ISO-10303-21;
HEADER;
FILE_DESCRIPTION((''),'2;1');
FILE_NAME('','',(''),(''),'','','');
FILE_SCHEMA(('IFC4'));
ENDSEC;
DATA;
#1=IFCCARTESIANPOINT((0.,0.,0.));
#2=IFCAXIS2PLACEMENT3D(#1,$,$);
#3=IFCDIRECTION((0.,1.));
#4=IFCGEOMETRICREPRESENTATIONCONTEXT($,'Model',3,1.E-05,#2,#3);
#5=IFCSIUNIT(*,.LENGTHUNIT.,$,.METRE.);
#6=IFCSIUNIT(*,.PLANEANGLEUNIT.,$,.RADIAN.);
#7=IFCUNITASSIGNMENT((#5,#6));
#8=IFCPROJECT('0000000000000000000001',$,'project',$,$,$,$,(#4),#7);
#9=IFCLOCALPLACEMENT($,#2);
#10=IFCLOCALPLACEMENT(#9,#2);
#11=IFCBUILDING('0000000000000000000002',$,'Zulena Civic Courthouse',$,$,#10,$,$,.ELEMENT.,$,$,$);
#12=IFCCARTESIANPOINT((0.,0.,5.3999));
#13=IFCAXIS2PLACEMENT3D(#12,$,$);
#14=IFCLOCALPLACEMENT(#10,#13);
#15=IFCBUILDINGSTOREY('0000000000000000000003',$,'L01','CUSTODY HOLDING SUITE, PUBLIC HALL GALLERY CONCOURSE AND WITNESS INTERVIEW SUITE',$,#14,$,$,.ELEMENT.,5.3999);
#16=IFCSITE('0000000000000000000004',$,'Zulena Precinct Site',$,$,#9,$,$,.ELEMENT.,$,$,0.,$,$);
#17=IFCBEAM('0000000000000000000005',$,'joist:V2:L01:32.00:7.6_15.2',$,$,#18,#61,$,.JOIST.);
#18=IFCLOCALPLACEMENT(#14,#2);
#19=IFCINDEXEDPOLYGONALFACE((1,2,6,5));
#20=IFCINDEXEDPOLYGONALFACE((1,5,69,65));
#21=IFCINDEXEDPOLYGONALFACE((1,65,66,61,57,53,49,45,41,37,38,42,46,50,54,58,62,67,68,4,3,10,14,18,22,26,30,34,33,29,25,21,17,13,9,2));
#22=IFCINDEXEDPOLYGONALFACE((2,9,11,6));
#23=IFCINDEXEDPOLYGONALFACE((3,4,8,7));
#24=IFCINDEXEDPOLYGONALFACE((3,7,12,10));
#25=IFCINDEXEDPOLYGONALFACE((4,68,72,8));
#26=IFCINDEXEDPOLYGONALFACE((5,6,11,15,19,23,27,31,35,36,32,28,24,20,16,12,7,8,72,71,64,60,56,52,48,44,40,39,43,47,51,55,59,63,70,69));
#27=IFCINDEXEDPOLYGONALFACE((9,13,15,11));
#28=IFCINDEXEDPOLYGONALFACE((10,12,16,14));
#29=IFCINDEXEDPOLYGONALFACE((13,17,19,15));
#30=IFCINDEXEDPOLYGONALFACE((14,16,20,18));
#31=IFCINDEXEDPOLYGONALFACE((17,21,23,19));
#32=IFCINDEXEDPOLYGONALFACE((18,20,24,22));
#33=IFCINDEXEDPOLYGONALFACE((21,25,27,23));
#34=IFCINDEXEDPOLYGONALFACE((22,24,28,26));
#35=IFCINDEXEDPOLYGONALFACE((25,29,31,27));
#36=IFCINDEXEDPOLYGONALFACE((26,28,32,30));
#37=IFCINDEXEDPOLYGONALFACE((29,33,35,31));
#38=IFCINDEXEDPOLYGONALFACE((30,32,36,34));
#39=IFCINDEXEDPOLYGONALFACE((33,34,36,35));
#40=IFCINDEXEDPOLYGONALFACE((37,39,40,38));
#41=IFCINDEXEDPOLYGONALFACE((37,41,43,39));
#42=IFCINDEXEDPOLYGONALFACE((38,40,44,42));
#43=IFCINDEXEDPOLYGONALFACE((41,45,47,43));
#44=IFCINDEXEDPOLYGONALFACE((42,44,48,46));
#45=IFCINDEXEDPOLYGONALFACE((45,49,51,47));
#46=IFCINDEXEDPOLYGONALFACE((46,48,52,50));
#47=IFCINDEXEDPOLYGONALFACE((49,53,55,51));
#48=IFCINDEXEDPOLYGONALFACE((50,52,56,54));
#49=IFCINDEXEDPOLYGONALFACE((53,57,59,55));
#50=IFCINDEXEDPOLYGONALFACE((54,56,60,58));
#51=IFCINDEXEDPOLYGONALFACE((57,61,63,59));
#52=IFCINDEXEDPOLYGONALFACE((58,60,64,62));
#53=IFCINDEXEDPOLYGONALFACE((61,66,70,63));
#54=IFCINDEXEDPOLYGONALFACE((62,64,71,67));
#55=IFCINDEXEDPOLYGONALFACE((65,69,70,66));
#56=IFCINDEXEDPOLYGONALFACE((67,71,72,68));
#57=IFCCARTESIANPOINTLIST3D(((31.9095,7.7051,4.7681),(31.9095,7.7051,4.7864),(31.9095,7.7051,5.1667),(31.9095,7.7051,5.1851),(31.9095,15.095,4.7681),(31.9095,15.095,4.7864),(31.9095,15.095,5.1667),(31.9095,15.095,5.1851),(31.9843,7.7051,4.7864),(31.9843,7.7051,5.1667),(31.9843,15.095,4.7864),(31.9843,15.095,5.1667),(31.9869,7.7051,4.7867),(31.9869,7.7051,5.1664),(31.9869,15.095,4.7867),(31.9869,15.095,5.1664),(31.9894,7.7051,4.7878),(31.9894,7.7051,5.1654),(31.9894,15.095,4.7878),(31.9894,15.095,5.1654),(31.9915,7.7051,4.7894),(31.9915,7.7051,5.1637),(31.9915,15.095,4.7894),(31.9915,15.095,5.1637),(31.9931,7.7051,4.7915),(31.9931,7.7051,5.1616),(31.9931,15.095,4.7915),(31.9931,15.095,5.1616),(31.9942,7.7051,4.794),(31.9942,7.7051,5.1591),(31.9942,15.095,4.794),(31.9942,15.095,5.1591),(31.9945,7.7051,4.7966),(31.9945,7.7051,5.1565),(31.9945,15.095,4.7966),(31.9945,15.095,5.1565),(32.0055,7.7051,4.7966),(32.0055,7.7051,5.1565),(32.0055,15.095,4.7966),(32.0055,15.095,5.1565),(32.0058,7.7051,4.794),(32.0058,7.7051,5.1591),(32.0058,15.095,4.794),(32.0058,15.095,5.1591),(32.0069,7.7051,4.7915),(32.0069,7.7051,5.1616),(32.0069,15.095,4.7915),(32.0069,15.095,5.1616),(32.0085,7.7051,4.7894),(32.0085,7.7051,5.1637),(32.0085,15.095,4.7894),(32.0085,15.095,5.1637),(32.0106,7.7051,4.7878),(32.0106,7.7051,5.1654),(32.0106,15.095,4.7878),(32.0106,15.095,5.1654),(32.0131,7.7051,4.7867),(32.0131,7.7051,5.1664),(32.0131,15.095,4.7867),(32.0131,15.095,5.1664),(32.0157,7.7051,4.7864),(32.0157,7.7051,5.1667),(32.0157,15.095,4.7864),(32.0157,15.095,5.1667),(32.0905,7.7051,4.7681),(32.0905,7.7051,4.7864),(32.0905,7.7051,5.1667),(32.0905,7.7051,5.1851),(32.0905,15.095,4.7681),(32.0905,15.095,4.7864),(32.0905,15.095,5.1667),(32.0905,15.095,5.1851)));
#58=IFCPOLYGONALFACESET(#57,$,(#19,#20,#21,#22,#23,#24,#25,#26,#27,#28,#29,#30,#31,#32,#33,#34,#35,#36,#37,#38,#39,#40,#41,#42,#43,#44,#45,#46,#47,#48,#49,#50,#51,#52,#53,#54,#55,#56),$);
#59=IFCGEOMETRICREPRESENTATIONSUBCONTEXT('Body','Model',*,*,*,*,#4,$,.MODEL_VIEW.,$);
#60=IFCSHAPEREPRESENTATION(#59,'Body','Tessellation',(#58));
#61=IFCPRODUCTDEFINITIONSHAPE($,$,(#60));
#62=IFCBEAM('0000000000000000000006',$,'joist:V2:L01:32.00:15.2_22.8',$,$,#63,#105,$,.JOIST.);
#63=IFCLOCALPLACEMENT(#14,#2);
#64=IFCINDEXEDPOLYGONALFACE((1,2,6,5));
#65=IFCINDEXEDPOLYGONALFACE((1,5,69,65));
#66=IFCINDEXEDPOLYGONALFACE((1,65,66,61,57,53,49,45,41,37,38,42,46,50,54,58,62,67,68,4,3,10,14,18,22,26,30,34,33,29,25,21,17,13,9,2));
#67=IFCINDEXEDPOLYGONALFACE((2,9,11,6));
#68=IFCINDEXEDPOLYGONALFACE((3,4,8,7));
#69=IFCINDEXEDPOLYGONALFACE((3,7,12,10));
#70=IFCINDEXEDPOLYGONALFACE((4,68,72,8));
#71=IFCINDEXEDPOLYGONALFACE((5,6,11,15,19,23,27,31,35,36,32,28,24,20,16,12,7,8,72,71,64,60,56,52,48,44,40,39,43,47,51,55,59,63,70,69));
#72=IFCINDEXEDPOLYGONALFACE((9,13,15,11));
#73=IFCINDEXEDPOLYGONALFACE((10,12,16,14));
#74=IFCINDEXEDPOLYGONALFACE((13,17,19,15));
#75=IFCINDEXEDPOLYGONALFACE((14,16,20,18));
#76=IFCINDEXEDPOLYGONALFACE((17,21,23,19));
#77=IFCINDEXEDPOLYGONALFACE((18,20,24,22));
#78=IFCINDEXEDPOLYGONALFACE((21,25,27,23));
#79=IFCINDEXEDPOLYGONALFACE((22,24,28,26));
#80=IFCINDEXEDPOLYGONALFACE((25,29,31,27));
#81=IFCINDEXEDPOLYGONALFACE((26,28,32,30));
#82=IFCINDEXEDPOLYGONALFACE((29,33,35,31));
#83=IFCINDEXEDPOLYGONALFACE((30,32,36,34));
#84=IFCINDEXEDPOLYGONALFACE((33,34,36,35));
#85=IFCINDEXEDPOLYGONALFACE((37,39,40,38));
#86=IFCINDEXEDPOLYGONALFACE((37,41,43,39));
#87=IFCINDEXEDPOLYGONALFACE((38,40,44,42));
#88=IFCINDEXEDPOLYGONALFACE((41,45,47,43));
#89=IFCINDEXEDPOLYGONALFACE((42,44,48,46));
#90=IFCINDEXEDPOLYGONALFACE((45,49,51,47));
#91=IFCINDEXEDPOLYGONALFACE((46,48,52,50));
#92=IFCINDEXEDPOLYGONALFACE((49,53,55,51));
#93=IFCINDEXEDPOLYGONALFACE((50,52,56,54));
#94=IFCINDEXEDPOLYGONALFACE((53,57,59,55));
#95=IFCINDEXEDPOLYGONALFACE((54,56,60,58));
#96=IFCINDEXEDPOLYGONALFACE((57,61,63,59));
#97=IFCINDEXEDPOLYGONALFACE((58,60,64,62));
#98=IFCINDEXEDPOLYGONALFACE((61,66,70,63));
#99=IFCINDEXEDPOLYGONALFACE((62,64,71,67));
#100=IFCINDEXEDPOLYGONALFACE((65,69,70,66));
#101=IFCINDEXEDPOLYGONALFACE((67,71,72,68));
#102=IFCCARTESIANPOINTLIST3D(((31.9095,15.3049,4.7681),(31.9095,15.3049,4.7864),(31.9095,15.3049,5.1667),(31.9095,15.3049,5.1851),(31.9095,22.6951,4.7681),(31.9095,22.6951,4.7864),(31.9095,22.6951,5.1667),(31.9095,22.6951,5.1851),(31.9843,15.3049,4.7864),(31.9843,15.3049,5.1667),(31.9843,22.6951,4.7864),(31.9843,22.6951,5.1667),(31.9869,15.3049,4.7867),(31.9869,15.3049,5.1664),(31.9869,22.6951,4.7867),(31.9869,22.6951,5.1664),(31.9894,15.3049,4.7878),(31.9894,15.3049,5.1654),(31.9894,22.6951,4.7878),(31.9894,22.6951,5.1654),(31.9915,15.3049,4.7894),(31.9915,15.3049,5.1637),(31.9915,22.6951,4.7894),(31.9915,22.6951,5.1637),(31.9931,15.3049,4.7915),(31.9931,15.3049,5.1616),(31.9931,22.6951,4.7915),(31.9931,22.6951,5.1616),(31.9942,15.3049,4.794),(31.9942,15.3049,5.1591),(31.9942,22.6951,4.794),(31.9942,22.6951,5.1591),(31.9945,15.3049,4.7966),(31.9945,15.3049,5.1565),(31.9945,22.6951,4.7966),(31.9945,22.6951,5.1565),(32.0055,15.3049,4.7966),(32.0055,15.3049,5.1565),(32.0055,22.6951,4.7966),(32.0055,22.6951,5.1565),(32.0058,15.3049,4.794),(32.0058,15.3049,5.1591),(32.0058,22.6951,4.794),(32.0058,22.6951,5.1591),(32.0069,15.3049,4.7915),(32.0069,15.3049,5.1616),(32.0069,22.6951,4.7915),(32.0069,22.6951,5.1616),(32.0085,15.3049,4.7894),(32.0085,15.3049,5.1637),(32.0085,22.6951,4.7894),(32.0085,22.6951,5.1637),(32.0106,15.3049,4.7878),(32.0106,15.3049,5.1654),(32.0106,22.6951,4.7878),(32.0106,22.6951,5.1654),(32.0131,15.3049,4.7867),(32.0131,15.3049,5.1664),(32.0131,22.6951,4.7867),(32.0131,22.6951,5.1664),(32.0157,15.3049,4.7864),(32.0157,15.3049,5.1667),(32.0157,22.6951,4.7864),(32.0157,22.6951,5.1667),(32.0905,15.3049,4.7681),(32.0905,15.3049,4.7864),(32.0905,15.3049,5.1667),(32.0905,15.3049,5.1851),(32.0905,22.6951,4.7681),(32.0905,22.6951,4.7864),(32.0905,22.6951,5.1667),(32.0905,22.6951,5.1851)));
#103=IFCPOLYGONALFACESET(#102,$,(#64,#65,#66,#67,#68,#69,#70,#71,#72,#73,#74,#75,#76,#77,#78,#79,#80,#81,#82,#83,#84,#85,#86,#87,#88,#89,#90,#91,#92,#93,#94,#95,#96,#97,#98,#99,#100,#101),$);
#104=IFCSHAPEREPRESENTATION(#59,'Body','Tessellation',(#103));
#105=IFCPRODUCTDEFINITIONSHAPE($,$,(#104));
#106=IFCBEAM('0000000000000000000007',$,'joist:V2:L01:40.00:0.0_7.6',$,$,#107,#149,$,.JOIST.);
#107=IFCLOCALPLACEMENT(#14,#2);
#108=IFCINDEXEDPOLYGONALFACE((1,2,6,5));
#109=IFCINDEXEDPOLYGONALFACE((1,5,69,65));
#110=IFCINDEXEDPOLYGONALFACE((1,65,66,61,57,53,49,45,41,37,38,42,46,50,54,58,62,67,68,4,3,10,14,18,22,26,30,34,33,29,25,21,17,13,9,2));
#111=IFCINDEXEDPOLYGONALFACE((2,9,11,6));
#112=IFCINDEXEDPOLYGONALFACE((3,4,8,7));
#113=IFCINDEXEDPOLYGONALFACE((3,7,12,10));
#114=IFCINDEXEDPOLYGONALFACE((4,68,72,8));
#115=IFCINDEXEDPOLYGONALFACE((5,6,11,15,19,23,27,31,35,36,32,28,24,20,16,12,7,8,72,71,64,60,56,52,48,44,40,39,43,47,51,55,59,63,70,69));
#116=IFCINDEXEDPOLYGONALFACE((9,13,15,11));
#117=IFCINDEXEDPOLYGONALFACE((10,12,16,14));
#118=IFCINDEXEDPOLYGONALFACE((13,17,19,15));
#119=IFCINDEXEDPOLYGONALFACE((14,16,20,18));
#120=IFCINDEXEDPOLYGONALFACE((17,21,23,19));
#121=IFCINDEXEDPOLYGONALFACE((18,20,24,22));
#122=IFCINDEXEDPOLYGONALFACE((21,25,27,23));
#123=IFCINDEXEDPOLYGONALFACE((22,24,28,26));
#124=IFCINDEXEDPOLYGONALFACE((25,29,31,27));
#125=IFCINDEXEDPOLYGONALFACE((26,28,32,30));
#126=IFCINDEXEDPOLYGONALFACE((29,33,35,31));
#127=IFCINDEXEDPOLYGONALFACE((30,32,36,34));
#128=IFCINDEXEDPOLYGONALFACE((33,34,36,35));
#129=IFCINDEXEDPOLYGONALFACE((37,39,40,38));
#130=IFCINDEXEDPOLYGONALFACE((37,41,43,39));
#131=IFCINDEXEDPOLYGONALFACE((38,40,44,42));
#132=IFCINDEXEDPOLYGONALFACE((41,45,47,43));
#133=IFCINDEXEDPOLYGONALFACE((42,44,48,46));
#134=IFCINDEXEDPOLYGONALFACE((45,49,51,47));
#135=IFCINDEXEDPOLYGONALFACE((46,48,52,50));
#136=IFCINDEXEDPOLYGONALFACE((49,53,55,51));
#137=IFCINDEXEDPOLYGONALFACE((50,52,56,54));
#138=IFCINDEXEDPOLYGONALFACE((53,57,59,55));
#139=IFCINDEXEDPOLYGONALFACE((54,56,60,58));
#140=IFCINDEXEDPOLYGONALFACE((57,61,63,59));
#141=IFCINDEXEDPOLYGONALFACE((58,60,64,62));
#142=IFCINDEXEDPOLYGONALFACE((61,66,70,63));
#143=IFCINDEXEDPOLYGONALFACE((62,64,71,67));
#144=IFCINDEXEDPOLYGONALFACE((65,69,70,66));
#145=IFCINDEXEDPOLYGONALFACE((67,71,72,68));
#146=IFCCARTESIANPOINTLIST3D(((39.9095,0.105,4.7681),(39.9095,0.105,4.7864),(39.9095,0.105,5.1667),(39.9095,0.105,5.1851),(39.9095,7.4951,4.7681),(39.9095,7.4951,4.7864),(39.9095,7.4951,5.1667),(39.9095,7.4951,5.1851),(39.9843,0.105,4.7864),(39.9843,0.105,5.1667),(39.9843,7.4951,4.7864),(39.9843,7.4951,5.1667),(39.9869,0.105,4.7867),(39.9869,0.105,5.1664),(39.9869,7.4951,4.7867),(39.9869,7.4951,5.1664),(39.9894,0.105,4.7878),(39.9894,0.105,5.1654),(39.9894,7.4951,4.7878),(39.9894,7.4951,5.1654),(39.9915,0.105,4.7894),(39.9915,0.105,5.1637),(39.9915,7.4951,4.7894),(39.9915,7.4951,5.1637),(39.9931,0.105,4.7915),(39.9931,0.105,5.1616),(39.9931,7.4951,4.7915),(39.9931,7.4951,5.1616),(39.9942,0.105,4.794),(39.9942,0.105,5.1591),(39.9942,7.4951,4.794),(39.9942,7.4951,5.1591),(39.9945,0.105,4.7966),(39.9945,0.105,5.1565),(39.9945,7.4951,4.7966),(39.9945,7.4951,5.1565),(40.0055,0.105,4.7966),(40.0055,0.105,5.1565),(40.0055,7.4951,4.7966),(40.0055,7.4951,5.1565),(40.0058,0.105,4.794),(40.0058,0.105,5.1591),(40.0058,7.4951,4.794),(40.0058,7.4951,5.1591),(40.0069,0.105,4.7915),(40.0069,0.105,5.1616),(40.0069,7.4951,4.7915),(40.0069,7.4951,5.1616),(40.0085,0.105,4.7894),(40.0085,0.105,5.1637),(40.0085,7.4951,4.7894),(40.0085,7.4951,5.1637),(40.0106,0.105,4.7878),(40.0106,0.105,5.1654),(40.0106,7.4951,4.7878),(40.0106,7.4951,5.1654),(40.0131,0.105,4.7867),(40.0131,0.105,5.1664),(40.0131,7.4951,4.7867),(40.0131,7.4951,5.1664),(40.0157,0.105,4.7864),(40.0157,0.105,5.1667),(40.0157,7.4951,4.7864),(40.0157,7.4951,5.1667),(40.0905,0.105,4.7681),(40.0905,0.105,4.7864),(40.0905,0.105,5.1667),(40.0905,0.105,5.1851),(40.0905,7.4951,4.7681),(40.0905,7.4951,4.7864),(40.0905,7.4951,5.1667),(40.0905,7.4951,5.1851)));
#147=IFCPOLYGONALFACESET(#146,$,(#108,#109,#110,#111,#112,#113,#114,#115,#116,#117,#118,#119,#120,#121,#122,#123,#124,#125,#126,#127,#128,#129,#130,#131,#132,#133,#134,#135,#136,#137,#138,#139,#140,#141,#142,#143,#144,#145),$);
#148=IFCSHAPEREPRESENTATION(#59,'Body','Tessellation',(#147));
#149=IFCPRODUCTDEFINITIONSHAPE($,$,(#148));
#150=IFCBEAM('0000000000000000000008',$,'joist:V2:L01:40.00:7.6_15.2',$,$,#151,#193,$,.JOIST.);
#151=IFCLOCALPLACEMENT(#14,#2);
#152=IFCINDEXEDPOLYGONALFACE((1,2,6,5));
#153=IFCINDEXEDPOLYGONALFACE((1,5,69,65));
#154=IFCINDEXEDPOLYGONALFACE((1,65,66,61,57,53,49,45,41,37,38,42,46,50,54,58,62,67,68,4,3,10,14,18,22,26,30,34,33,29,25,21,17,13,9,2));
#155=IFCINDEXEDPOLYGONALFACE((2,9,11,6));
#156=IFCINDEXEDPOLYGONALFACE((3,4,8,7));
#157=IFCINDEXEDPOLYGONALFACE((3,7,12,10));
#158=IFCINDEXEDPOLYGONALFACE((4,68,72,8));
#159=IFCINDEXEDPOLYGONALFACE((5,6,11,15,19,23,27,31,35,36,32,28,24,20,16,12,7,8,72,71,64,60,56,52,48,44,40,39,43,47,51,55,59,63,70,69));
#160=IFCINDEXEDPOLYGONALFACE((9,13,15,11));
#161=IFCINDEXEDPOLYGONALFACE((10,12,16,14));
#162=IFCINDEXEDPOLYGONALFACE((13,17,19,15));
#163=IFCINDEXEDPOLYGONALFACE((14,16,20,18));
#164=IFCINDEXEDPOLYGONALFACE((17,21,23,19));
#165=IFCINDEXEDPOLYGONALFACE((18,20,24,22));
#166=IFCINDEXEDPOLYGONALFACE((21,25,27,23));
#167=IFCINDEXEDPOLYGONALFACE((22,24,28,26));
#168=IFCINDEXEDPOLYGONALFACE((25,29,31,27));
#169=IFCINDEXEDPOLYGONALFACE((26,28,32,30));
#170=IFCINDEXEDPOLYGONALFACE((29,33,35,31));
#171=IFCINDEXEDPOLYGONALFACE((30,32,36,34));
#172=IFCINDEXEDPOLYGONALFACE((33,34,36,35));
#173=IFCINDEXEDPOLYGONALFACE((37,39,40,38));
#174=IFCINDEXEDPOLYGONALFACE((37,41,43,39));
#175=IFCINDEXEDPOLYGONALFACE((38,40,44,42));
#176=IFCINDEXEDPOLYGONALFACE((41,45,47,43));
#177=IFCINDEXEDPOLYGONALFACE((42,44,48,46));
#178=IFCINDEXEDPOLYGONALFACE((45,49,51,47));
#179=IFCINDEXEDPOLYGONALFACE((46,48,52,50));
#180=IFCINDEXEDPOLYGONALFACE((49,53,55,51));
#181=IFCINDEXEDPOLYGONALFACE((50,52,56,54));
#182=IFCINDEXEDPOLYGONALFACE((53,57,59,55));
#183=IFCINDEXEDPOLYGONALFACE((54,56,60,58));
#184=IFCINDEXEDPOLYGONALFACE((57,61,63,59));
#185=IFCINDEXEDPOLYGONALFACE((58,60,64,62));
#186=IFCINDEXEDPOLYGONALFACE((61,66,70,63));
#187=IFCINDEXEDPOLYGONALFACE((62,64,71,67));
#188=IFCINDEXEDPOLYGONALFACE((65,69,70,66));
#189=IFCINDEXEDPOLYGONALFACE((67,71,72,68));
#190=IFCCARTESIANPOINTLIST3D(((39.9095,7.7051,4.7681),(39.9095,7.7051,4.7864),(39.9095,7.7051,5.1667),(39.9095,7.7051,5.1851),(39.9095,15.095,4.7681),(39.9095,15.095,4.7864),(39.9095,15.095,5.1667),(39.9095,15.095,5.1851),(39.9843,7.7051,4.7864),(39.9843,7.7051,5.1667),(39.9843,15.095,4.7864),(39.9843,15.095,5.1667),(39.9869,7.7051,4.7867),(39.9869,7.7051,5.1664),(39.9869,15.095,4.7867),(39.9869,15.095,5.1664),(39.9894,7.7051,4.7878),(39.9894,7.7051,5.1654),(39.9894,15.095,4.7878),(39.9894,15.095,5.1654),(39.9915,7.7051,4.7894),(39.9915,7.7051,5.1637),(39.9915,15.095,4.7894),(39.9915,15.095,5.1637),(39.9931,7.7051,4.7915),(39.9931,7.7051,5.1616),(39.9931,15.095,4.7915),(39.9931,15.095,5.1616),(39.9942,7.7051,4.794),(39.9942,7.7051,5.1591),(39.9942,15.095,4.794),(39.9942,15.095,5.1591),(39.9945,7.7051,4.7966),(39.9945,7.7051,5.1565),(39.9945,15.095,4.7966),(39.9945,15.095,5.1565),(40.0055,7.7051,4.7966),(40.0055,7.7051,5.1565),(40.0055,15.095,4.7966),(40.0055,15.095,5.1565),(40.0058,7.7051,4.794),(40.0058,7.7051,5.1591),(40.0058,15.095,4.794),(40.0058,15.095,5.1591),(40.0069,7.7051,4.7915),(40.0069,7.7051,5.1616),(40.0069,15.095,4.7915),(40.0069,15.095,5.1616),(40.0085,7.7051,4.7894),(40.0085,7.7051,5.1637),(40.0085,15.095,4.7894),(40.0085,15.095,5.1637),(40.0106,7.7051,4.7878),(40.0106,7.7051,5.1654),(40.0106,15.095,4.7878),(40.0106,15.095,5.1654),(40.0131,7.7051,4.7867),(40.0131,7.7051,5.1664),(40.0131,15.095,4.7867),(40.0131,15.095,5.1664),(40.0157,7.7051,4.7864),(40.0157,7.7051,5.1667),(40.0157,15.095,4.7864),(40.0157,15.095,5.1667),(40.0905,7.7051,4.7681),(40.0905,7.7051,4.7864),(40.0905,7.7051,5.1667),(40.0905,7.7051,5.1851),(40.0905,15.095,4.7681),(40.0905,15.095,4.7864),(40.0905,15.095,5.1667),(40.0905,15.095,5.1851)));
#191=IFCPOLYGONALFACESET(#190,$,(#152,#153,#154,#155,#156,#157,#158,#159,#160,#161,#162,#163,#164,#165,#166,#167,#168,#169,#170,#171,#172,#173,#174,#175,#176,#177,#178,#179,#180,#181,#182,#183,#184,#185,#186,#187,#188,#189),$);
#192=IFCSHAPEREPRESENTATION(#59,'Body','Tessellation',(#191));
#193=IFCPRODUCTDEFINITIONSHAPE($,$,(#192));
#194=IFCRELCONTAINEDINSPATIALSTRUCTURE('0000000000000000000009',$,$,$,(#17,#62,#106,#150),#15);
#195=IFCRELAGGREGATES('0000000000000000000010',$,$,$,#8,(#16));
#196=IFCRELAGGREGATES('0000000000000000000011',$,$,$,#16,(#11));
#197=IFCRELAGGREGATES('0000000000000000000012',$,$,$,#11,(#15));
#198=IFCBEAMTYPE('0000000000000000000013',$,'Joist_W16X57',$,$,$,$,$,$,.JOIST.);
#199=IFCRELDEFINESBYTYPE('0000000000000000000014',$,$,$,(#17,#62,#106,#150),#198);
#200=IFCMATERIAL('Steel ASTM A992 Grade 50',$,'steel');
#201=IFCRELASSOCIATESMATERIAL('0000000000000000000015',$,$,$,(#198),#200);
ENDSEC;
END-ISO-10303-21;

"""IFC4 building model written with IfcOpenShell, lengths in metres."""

from ifc_helpers import new_model, si_unit, direction, frame, origin, origin_2d, place, context, subcontext, project, spatial, i_section, extrude, material, material_profile, profile_set, type_object, element, save


model = new_model("IFC4")

# Units and contexts
model_context = context("Model", 3, precision=1e-05, world=origin(), true_north=direction((0.0, 1.0)))
body_context = subcontext(model_context, "Body", "Model", "MODEL_VIEW")
ifc_project = project(units=[si_unit("LENGTHUNIT", "METRE"), si_unit("PLANEANGLEUNIT", "RADIAN")], contexts=[model_context])

# Site, building, storey
site_placement = place(None, origin())
site = spatial("IfcSite", under=ifc_project, at=site_placement, Name="Zulena Precinct Site", CompositionType="ELEMENT", RefElevation=0.0)
building_placement = place(site_placement, origin())
building = spatial("IfcBuilding", under=site, at=building_placement, Name="Zulena Civic Courthouse", CompositionType="ELEMENT")
storey_placement = place(building_placement, frame((0.0, 0.0, 5.3999)))
storey = spatial("IfcBuildingStorey", under=building, at=storey_placement, Name="L01", Description="CUSTODY HOLDING SUITE, PUBLIC HALL GALLERY CONCOURSE AND WITNESS INTERVIEW SUITE", CompositionType="ELEMENT", Elevation=5.3999)

# Shared definitions
ifc_material_1 = material(Name="Steel ASTM A992 Grade 50", Category="steel")

# Beams
ifc_material_profile_1 = material_profile(ifc_material_1, i_section(OverallWidth=0.1809, OverallDepth=0.417, WebThickness=0.011, FlangeThickness=0.0183, FilletRadius=0.0103, at=origin_2d()), Name="W16X57")
ifc_profile_set_1 = profile_set([ifc_material_profile_1], Name="Steel ASTM A992 Grade 50")
beam_type_1 = type_object("IfcBeamType", Name="Joist_W16X57", PredefinedType="JOIST", material=ifc_profile_set_1)
beam_1_placement = place(storey_placement, frame((32.0, 7.7051, 4.9766), z_axis=(0.0, 1.0, 0.0), x_axis=(-1.0, 0.0, 0.0)))
element("IfcBeam", 1, at=beam_1_placement, inside=storey, type_object=beam_type_1, Name="joist:V2:L01:32.00:7.6_15.2", PredefinedType="JOIST", context=body_context, shape_type="SweptSolid", body=[
    extrude(i_section(OverallWidth=0.1809, OverallDepth=0.417, WebThickness=0.011, FlangeThickness=0.0183, FilletRadius=0.0103, at=origin_2d()), origin(), (0.0, 0.0, 1.0), 7.3899),
])
for number, where, z_axis, x_axis, name in (
    (2, (32.0, 15.3049, 4.9766), (0.0, 1.0, 0.0), (-1.0, 0.0, 0.0), "joist:V2:L01:32.00:15.2_22.8"),
    (3, (40.0, 0.105, 4.9766), (0.0, 1.0, 0.0), (-1.0, 0.0, 0.0), "joist:V2:L01:40.00:0.0_7.6"),
):
    element("IfcBeam", number, at=place(storey_placement, frame(where, z_axis=z_axis, x_axis=x_axis)), inside=storey, type_object=beam_type_1, Name=name, PredefinedType="JOIST", context=body_context, shape_type="SweptSolid", body=[
        extrude(i_section(OverallWidth=0.1809, OverallDepth=0.417, WebThickness=0.011, FlangeThickness=0.0183, FilletRadius=0.0103, at=origin_2d()), origin(), (0.0, 0.0, 1.0), 7.3901),
    ])
beam_2_placement = place(storey_placement, frame((40.0, 7.7051, 4.9766), z_axis=(0.0, 1.0, 0.0), x_axis=(-1.0, 0.0, 0.0)))
element("IfcBeam", 4, at=beam_2_placement, inside=storey, type_object=beam_type_1, Name="joist:V2:L01:40.00:7.6_15.2", PredefinedType="JOIST", context=body_context, shape_type="SweptSolid", body=[
    extrude(i_section(OverallWidth=0.1809, OverallDepth=0.417, WebThickness=0.011, FlangeThickness=0.0183, FilletRadius=0.0103, at=origin_2d()), origin(), (0.0, 0.0, 1.0), 7.3899),
])

save(model, "model.ifc")
